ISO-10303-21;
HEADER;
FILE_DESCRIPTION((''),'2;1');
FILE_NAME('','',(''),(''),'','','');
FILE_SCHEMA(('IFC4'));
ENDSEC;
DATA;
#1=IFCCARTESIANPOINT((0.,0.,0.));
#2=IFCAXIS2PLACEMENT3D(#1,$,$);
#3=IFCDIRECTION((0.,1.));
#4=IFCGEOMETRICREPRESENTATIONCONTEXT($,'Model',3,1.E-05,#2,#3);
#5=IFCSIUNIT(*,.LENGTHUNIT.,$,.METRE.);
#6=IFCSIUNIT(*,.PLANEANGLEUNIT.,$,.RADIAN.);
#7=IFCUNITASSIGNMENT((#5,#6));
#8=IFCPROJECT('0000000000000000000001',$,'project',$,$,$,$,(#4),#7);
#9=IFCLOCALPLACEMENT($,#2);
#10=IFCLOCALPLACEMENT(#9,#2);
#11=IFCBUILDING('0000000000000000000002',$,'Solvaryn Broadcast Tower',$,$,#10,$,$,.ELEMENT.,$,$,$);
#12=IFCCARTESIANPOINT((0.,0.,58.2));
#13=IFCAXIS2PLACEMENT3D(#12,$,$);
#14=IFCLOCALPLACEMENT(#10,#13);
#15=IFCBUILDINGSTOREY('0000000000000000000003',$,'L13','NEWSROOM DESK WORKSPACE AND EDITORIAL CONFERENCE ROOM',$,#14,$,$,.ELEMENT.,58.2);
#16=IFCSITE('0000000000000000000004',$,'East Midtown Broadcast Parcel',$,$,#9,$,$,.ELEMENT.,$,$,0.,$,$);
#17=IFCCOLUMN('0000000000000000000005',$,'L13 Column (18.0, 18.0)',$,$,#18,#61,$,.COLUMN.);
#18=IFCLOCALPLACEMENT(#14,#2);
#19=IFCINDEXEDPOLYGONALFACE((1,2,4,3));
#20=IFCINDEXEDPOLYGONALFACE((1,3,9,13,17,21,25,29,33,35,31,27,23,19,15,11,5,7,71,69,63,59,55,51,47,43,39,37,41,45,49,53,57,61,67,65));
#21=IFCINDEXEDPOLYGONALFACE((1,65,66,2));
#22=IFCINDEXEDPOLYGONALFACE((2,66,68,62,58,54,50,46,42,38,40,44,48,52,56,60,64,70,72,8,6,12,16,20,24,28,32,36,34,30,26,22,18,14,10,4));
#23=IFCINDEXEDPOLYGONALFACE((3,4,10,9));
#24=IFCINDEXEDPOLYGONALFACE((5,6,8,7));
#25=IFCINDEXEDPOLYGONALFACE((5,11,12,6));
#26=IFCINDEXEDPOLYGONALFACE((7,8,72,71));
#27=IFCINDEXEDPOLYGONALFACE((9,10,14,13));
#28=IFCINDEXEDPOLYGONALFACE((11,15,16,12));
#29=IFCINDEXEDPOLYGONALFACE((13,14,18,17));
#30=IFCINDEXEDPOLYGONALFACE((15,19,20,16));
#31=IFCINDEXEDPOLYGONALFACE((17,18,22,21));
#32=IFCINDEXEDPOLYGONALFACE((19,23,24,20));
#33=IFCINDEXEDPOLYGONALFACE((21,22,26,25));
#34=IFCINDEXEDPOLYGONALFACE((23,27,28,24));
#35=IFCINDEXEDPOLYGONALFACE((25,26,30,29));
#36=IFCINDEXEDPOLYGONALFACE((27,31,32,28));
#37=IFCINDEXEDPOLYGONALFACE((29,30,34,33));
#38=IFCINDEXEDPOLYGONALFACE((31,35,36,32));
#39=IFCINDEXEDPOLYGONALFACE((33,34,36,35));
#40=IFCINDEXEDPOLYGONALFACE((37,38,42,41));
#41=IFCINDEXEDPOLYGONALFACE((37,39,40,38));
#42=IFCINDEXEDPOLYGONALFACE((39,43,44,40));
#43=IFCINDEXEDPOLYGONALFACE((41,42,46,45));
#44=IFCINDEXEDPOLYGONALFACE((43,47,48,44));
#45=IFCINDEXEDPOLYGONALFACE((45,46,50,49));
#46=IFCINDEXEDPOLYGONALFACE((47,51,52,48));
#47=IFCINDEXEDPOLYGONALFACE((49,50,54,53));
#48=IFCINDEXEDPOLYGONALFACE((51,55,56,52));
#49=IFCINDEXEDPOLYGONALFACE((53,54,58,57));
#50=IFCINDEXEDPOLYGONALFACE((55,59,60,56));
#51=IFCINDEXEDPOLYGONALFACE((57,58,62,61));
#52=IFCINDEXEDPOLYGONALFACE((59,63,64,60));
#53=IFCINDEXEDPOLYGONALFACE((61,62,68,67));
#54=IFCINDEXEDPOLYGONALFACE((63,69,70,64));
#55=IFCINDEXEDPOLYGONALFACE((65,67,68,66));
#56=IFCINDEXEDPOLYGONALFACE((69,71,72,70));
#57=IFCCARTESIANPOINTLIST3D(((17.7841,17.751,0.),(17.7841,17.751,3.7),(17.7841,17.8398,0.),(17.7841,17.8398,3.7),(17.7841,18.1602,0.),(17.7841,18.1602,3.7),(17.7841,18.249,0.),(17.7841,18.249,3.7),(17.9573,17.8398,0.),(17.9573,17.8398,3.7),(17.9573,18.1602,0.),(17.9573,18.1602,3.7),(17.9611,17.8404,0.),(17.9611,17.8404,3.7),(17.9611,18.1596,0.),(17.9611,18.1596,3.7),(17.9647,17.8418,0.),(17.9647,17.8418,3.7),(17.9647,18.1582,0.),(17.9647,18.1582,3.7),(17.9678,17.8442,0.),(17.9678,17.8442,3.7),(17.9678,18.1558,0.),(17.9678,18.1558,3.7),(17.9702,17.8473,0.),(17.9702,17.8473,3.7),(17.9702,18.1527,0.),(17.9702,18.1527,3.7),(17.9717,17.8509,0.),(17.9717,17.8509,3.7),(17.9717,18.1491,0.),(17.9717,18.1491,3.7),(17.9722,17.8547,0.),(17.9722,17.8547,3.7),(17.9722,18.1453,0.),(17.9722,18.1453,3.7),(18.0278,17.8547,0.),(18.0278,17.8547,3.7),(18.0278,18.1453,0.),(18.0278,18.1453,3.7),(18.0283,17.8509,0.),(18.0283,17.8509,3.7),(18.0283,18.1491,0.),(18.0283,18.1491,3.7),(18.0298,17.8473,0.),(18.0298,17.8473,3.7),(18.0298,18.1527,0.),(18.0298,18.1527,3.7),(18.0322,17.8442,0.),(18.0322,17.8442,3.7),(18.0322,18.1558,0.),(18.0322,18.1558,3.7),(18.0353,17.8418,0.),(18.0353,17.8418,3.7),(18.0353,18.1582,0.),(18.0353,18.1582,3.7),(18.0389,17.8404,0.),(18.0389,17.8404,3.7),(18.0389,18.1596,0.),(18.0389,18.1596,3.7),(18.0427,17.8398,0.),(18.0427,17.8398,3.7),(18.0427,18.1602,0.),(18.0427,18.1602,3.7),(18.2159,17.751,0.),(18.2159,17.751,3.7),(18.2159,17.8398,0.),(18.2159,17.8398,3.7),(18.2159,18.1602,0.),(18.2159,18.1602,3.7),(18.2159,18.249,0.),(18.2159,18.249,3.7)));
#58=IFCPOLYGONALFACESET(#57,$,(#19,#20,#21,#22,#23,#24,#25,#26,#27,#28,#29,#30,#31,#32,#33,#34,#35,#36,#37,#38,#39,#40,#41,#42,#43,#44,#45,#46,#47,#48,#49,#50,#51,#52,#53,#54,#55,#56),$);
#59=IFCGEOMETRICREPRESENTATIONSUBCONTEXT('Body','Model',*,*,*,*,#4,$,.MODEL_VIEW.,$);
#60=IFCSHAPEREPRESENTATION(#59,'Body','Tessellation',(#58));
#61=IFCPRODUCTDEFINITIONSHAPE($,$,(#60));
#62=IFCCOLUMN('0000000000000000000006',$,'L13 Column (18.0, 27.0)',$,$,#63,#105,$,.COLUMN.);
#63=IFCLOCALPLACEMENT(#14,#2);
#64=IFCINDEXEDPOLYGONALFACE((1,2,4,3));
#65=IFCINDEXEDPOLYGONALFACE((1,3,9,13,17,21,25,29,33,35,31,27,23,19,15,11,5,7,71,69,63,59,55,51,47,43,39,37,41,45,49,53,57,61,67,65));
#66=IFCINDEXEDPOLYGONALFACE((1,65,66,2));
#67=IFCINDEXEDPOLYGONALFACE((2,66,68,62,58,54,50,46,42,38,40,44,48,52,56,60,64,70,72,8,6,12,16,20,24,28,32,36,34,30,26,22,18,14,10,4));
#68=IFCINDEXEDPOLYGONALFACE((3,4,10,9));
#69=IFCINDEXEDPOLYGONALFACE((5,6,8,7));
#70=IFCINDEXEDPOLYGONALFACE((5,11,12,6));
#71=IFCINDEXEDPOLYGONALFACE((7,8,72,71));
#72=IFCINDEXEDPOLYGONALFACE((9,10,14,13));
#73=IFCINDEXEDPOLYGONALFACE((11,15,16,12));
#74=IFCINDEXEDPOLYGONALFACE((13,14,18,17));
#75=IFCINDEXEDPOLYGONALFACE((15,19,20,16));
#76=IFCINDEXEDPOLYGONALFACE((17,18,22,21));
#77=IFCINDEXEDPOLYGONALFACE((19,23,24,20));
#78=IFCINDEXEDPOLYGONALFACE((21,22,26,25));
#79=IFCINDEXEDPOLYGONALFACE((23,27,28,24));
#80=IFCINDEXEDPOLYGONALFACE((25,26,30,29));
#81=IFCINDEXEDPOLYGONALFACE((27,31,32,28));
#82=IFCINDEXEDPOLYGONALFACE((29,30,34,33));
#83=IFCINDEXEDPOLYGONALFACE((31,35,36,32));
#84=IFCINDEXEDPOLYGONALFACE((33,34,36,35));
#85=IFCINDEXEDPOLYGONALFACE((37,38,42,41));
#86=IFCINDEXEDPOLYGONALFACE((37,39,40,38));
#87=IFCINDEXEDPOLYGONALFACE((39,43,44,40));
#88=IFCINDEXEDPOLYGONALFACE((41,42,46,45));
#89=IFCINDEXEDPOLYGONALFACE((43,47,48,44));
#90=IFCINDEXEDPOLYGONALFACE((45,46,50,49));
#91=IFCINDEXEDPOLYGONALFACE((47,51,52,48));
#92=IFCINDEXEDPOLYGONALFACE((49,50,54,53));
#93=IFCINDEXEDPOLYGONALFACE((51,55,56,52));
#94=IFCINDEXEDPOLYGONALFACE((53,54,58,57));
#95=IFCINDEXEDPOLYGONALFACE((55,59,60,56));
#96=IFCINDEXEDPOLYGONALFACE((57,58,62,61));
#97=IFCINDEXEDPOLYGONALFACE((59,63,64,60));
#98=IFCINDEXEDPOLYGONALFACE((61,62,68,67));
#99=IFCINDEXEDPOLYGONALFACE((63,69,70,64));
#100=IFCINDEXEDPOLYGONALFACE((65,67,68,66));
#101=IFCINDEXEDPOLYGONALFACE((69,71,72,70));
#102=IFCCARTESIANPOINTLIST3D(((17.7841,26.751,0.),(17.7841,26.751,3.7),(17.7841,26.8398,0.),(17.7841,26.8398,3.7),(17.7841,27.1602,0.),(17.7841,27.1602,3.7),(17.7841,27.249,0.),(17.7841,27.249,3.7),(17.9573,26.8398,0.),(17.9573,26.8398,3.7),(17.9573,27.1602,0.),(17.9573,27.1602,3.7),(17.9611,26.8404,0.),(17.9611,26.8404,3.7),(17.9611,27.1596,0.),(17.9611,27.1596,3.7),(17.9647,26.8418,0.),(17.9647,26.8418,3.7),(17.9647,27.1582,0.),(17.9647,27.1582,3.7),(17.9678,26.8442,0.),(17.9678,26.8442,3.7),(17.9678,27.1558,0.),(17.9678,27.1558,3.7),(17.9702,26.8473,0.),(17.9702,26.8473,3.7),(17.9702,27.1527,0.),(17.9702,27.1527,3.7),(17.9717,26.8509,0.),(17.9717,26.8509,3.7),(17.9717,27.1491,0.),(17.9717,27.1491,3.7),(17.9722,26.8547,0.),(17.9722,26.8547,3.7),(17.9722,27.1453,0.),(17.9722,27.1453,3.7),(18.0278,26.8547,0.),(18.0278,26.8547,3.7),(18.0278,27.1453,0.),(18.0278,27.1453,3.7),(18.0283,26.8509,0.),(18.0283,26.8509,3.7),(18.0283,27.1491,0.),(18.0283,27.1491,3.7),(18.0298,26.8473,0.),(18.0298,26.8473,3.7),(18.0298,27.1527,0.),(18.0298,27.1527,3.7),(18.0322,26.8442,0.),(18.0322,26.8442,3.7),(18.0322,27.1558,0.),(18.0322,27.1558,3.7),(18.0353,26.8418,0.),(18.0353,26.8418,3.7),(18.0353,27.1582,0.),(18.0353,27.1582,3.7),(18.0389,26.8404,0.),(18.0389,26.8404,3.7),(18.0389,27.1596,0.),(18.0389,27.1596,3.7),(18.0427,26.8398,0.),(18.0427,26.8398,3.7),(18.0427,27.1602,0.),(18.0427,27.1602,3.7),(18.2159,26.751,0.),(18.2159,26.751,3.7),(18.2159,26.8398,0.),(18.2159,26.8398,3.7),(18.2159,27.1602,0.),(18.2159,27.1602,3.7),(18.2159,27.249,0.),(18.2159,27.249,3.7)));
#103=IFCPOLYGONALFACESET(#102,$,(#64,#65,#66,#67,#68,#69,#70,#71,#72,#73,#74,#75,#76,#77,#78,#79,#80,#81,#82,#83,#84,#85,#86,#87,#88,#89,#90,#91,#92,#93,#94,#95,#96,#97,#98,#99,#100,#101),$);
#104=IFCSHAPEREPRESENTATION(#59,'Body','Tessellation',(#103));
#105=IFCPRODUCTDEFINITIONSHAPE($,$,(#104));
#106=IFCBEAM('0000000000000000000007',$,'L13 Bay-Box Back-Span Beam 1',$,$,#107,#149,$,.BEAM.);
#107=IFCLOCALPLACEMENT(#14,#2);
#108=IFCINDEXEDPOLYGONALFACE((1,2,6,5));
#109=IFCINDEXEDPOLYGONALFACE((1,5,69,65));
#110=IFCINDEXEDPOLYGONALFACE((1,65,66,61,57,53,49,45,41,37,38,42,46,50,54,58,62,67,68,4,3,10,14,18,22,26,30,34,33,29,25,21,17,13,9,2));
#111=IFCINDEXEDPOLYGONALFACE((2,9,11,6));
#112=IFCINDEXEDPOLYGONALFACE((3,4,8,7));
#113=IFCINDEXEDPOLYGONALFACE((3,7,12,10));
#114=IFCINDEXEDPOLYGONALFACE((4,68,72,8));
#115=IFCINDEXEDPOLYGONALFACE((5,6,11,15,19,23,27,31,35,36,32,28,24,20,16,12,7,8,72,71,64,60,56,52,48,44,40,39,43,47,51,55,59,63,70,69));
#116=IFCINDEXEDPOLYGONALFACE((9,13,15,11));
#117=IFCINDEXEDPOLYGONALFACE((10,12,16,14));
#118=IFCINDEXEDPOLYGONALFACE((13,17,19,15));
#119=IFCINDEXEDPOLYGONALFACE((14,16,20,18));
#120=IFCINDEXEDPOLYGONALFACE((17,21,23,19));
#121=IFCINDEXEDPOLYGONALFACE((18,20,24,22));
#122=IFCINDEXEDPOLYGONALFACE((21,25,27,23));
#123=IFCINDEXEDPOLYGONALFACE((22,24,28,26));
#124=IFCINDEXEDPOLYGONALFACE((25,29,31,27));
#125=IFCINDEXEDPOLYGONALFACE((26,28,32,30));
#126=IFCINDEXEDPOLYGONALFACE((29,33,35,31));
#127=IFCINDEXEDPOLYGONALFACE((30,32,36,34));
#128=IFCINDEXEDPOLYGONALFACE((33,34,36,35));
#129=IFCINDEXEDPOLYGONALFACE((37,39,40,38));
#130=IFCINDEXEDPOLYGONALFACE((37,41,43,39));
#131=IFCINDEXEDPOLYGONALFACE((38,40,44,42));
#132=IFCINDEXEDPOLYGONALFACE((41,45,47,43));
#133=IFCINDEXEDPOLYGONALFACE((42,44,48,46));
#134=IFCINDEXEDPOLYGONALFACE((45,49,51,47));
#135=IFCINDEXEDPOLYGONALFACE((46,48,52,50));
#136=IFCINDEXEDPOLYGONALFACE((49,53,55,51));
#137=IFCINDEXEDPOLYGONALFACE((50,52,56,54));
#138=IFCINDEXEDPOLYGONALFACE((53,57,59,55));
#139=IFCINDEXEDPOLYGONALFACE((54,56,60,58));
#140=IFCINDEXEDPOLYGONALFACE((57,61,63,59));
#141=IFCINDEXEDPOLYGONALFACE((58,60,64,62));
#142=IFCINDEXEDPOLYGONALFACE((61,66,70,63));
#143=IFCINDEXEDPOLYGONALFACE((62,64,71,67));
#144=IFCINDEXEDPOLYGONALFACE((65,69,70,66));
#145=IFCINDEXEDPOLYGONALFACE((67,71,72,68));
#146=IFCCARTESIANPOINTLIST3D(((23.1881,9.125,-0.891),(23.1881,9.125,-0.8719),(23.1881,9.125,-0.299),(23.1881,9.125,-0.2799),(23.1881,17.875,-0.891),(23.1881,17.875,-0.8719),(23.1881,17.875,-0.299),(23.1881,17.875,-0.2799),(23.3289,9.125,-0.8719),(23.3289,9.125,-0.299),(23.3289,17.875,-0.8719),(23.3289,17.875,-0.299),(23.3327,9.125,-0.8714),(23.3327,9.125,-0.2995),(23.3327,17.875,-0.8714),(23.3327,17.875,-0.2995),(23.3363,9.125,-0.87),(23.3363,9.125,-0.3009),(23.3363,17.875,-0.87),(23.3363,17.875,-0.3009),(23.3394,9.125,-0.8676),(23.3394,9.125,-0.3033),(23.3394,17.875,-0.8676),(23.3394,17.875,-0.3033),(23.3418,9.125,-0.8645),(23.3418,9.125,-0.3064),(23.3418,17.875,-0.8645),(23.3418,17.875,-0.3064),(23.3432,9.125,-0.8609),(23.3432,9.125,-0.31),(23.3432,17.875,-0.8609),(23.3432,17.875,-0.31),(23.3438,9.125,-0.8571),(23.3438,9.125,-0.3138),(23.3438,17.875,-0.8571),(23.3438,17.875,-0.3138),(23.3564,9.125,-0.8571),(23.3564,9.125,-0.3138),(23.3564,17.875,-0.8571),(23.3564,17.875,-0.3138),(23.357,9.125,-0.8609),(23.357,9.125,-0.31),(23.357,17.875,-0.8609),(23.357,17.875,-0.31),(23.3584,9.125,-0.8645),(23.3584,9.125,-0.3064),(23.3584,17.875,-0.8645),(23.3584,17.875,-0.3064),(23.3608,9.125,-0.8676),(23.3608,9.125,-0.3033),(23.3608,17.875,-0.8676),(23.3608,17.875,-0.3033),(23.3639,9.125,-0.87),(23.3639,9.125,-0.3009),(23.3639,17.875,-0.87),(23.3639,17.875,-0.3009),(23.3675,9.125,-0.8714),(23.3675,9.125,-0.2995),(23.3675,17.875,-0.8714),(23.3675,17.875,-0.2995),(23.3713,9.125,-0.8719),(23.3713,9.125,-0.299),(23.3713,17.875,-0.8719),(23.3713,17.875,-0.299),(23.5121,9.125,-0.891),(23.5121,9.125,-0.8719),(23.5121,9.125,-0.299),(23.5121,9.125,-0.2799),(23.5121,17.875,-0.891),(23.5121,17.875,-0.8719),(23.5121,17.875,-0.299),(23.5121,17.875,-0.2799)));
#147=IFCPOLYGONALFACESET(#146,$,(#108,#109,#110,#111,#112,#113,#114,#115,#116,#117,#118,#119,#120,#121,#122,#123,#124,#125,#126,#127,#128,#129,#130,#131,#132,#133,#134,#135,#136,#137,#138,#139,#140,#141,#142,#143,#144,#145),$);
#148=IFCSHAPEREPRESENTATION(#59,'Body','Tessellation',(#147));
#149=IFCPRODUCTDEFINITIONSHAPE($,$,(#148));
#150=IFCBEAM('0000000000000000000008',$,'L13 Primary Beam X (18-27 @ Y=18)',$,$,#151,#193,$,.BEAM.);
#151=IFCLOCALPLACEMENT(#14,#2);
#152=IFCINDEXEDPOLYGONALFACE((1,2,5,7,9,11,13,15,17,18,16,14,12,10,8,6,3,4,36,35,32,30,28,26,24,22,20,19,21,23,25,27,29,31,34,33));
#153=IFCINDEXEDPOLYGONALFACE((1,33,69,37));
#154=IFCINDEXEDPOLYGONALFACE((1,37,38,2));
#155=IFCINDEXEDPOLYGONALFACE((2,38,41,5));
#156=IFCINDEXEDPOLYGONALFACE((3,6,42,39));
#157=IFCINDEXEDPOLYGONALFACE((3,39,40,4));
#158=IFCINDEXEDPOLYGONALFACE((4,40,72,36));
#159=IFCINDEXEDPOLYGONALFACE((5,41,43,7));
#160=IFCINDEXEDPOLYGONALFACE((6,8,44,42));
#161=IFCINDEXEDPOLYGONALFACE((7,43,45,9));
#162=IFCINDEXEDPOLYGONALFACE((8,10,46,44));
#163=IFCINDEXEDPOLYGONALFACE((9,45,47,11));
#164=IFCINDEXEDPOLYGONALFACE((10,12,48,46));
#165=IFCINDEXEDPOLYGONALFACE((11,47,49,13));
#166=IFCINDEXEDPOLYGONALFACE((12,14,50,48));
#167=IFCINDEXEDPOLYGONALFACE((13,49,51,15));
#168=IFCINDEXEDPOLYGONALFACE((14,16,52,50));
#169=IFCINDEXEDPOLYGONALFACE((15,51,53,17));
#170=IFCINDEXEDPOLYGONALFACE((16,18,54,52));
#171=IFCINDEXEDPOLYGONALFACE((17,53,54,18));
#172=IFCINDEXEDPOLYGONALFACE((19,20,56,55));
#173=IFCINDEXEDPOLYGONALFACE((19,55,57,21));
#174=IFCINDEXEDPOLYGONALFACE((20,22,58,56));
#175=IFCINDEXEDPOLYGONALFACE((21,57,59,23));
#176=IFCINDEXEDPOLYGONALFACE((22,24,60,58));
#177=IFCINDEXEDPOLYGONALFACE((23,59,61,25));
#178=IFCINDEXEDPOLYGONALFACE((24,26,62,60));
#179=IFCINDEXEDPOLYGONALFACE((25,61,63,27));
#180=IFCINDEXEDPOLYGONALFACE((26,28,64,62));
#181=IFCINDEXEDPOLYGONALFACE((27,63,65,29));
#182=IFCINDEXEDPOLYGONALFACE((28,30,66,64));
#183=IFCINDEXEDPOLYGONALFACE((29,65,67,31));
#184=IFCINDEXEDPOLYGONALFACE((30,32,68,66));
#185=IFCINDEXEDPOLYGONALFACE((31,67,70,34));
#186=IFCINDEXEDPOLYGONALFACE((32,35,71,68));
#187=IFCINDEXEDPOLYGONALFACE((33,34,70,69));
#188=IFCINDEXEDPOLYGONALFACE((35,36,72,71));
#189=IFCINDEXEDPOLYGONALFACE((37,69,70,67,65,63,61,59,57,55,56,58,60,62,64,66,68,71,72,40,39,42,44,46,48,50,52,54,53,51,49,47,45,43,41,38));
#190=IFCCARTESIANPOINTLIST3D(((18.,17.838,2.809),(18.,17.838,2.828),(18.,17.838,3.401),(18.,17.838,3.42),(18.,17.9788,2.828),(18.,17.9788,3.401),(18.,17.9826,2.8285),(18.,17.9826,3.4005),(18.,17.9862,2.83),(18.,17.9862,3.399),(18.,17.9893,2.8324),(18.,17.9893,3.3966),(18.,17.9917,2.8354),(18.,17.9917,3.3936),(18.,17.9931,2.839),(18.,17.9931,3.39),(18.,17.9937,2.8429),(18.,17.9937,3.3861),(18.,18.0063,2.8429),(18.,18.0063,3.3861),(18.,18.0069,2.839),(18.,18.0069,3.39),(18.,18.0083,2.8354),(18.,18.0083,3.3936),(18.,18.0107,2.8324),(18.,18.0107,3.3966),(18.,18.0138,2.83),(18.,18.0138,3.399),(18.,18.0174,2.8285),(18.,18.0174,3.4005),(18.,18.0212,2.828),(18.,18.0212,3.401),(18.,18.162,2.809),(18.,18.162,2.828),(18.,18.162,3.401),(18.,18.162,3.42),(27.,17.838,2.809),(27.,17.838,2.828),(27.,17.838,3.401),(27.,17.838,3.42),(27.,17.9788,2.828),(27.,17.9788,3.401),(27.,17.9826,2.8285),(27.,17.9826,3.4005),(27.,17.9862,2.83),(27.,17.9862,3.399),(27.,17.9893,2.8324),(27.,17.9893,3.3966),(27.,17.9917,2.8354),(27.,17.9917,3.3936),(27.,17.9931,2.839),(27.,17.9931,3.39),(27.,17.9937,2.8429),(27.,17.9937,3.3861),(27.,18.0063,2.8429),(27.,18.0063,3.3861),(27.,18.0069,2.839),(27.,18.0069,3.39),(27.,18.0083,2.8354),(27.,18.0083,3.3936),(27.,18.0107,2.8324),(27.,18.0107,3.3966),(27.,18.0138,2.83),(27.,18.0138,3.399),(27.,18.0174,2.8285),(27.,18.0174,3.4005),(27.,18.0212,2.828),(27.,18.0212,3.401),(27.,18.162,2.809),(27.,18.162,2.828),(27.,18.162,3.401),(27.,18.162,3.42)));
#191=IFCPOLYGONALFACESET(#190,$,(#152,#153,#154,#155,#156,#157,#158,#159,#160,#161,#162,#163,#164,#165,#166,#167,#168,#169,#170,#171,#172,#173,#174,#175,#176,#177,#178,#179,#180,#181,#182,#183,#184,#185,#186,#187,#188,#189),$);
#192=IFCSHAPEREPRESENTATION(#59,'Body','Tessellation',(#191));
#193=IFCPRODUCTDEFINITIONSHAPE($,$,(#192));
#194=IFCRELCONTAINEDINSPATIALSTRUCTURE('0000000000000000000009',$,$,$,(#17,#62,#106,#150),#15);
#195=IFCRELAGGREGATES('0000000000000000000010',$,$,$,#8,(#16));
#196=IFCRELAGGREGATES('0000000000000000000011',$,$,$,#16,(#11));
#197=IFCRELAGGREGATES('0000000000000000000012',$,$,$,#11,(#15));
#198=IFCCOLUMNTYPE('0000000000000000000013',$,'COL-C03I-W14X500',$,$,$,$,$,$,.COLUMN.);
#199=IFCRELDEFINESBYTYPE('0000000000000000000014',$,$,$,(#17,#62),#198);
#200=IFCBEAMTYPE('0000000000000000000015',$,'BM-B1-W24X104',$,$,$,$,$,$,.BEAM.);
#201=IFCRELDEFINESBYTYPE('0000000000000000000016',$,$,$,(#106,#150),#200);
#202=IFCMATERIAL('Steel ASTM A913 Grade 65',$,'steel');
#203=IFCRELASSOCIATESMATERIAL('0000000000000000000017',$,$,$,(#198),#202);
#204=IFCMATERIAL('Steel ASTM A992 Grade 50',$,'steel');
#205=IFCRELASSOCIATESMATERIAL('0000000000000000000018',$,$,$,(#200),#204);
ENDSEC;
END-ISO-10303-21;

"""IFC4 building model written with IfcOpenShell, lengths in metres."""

from ifc_helpers import new_model, si_unit, direction, frame, origin, origin_2d, place, context, subcontext, project, spatial, i_section, extrude, material, material_profile, profile_set, type_object, element, save


model = new_model("IFC4")

# Units and contexts
model_context = context("Model", 3, precision=1e-05, world=origin(), true_north=direction((0.0, 1.0)))
body_context = subcontext(model_context, "Body", "Model", "MODEL_VIEW")
ifc_project = project(units=[si_unit("LENGTHUNIT", "METRE"), si_unit("PLANEANGLEUNIT", "RADIAN")], contexts=[model_context])

# Site, building, storey
site_placement = place(None, origin())
site = spatial("IfcSite", under=ifc_project, at=site_placement, Name="East Midtown Broadcast Parcel", CompositionType="ELEMENT", RefElevation=0.0)
building_placement = place(site_placement, origin())
building = spatial("IfcBuilding", under=site, at=building_placement, Name="Solvaryn Broadcast Tower", CompositionType="ELEMENT")
storey_placement = place(building_placement, frame((0.0, 0.0, 58.2)))
storey = spatial("IfcBuildingStorey", under=building, at=storey_placement, Name="L13", Description="NEWSROOM DESK WORKSPACE AND EDITORIAL CONFERENCE ROOM", CompositionType="ELEMENT", Elevation=58.2)

# Columns
ifc_material_1 = material(Name="Steel ASTM A913 Grade 65", Category="steel")
ifc_material_profile_1 = material_profile(ifc_material_1, i_section(OverallWidth=0.4319, OverallDepth=0.498, WebThickness=0.0557, FlangeThickness=0.0889, FilletRadius=0.0149, at=origin_2d()))
ifc_profile_set_1 = profile_set([ifc_material_profile_1], Name="Steel ASTM A913 Grade 65")
column_type = type_object("IfcColumnType", Name="COL-C03I-W14X500", PredefinedType="COLUMN", material=ifc_profile_set_1)
for number, where, z_axis, x_axis, name in (
    (1, (18.0, 18.0, 0.0), (0.0, 0.0, 1.0), (1.0, 0.0, 0.0), "L13 Column (18.0, 18.0)"),
    (2, (18.0, 27.0, 0.0), (0.0, 0.0, 1.0), (1.0, 0.0, 0.0), "L13 Column (18.0, 27.0)"),
):
    element("IfcColumn", number, at=place(storey_placement, frame(where, z_axis=z_axis, x_axis=x_axis)), inside=storey, type_object=column_type, Name=name, PredefinedType="COLUMN", context=body_context, shape_type="SweptSolid", body=[
        extrude(i_section(OverallWidth=0.4319, OverallDepth=0.498, WebThickness=0.0557, FlangeThickness=0.0889, FilletRadius=0.0149, at=origin_2d()), origin(), (0.0, 0.0, 1.0), 3.7),
    ])

# Beams
ifc_material_2 = material(Name="Steel ASTM A992 Grade 50", Category="steel")
ifc_material_profile_2 = material_profile(ifc_material_2, i_section(OverallWidth=0.324, OverallDepth=0.6111, WebThickness=0.0127, FlangeThickness=0.019, FilletRadius=0.0149, at=origin_2d()))
ifc_profile_set_2 = profile_set([ifc_material_profile_2], Name="Steel ASTM A992 Grade 50")
beam_type_1 = type_object("IfcBeamType", Name="BM-B1-W24X104", PredefinedType="BEAM", material=ifc_profile_set_2)
beam_1_placement = place(storey_placement, frame((23.3501, 17.875, -0.5854), z_axis=(0.0, -1.0, 0.0), x_axis=(1.0, 0.0, 0.0)))
element("IfcBeam", 3, at=beam_1_placement, inside=storey, type_object=beam_type_1, Name="L13 Bay-Box Back-Span Beam 1", PredefinedType="BEAM", context=body_context, shape_type="SweptSolid", body=[
    extrude(i_section(OverallWidth=0.324, OverallDepth=0.6111, WebThickness=0.0127, FlangeThickness=0.019, FilletRadius=0.0149, at=origin_2d()), origin(), (0.0, 0.0, 1.0), 8.75),
])
for number, where, z_axis, x_axis, name in (
    (4, (18.0, 18.0, 3.1145), (1.0, 0.0, 0.0), (0.0, 1.0, 0.0), "L13 Primary Beam X (18-27 @ Y=18)"),
):
    element("IfcBeam", number, at=place(storey_placement, frame(where, z_axis=z_axis, x_axis=x_axis)), inside=storey, type_object=beam_type_1, Name=name, PredefinedType="BEAM", context=body_context, shape_type="SweptSolid", body=[
        extrude(i_section(OverallWidth=0.324, OverallDepth=0.6111, WebThickness=0.0127, FlangeThickness=0.019, FilletRadius=0.0149, at=origin_2d()), origin(), (0.0, 0.0, 1.0), 9.0),
    ])

save(model, "model.ifc")
